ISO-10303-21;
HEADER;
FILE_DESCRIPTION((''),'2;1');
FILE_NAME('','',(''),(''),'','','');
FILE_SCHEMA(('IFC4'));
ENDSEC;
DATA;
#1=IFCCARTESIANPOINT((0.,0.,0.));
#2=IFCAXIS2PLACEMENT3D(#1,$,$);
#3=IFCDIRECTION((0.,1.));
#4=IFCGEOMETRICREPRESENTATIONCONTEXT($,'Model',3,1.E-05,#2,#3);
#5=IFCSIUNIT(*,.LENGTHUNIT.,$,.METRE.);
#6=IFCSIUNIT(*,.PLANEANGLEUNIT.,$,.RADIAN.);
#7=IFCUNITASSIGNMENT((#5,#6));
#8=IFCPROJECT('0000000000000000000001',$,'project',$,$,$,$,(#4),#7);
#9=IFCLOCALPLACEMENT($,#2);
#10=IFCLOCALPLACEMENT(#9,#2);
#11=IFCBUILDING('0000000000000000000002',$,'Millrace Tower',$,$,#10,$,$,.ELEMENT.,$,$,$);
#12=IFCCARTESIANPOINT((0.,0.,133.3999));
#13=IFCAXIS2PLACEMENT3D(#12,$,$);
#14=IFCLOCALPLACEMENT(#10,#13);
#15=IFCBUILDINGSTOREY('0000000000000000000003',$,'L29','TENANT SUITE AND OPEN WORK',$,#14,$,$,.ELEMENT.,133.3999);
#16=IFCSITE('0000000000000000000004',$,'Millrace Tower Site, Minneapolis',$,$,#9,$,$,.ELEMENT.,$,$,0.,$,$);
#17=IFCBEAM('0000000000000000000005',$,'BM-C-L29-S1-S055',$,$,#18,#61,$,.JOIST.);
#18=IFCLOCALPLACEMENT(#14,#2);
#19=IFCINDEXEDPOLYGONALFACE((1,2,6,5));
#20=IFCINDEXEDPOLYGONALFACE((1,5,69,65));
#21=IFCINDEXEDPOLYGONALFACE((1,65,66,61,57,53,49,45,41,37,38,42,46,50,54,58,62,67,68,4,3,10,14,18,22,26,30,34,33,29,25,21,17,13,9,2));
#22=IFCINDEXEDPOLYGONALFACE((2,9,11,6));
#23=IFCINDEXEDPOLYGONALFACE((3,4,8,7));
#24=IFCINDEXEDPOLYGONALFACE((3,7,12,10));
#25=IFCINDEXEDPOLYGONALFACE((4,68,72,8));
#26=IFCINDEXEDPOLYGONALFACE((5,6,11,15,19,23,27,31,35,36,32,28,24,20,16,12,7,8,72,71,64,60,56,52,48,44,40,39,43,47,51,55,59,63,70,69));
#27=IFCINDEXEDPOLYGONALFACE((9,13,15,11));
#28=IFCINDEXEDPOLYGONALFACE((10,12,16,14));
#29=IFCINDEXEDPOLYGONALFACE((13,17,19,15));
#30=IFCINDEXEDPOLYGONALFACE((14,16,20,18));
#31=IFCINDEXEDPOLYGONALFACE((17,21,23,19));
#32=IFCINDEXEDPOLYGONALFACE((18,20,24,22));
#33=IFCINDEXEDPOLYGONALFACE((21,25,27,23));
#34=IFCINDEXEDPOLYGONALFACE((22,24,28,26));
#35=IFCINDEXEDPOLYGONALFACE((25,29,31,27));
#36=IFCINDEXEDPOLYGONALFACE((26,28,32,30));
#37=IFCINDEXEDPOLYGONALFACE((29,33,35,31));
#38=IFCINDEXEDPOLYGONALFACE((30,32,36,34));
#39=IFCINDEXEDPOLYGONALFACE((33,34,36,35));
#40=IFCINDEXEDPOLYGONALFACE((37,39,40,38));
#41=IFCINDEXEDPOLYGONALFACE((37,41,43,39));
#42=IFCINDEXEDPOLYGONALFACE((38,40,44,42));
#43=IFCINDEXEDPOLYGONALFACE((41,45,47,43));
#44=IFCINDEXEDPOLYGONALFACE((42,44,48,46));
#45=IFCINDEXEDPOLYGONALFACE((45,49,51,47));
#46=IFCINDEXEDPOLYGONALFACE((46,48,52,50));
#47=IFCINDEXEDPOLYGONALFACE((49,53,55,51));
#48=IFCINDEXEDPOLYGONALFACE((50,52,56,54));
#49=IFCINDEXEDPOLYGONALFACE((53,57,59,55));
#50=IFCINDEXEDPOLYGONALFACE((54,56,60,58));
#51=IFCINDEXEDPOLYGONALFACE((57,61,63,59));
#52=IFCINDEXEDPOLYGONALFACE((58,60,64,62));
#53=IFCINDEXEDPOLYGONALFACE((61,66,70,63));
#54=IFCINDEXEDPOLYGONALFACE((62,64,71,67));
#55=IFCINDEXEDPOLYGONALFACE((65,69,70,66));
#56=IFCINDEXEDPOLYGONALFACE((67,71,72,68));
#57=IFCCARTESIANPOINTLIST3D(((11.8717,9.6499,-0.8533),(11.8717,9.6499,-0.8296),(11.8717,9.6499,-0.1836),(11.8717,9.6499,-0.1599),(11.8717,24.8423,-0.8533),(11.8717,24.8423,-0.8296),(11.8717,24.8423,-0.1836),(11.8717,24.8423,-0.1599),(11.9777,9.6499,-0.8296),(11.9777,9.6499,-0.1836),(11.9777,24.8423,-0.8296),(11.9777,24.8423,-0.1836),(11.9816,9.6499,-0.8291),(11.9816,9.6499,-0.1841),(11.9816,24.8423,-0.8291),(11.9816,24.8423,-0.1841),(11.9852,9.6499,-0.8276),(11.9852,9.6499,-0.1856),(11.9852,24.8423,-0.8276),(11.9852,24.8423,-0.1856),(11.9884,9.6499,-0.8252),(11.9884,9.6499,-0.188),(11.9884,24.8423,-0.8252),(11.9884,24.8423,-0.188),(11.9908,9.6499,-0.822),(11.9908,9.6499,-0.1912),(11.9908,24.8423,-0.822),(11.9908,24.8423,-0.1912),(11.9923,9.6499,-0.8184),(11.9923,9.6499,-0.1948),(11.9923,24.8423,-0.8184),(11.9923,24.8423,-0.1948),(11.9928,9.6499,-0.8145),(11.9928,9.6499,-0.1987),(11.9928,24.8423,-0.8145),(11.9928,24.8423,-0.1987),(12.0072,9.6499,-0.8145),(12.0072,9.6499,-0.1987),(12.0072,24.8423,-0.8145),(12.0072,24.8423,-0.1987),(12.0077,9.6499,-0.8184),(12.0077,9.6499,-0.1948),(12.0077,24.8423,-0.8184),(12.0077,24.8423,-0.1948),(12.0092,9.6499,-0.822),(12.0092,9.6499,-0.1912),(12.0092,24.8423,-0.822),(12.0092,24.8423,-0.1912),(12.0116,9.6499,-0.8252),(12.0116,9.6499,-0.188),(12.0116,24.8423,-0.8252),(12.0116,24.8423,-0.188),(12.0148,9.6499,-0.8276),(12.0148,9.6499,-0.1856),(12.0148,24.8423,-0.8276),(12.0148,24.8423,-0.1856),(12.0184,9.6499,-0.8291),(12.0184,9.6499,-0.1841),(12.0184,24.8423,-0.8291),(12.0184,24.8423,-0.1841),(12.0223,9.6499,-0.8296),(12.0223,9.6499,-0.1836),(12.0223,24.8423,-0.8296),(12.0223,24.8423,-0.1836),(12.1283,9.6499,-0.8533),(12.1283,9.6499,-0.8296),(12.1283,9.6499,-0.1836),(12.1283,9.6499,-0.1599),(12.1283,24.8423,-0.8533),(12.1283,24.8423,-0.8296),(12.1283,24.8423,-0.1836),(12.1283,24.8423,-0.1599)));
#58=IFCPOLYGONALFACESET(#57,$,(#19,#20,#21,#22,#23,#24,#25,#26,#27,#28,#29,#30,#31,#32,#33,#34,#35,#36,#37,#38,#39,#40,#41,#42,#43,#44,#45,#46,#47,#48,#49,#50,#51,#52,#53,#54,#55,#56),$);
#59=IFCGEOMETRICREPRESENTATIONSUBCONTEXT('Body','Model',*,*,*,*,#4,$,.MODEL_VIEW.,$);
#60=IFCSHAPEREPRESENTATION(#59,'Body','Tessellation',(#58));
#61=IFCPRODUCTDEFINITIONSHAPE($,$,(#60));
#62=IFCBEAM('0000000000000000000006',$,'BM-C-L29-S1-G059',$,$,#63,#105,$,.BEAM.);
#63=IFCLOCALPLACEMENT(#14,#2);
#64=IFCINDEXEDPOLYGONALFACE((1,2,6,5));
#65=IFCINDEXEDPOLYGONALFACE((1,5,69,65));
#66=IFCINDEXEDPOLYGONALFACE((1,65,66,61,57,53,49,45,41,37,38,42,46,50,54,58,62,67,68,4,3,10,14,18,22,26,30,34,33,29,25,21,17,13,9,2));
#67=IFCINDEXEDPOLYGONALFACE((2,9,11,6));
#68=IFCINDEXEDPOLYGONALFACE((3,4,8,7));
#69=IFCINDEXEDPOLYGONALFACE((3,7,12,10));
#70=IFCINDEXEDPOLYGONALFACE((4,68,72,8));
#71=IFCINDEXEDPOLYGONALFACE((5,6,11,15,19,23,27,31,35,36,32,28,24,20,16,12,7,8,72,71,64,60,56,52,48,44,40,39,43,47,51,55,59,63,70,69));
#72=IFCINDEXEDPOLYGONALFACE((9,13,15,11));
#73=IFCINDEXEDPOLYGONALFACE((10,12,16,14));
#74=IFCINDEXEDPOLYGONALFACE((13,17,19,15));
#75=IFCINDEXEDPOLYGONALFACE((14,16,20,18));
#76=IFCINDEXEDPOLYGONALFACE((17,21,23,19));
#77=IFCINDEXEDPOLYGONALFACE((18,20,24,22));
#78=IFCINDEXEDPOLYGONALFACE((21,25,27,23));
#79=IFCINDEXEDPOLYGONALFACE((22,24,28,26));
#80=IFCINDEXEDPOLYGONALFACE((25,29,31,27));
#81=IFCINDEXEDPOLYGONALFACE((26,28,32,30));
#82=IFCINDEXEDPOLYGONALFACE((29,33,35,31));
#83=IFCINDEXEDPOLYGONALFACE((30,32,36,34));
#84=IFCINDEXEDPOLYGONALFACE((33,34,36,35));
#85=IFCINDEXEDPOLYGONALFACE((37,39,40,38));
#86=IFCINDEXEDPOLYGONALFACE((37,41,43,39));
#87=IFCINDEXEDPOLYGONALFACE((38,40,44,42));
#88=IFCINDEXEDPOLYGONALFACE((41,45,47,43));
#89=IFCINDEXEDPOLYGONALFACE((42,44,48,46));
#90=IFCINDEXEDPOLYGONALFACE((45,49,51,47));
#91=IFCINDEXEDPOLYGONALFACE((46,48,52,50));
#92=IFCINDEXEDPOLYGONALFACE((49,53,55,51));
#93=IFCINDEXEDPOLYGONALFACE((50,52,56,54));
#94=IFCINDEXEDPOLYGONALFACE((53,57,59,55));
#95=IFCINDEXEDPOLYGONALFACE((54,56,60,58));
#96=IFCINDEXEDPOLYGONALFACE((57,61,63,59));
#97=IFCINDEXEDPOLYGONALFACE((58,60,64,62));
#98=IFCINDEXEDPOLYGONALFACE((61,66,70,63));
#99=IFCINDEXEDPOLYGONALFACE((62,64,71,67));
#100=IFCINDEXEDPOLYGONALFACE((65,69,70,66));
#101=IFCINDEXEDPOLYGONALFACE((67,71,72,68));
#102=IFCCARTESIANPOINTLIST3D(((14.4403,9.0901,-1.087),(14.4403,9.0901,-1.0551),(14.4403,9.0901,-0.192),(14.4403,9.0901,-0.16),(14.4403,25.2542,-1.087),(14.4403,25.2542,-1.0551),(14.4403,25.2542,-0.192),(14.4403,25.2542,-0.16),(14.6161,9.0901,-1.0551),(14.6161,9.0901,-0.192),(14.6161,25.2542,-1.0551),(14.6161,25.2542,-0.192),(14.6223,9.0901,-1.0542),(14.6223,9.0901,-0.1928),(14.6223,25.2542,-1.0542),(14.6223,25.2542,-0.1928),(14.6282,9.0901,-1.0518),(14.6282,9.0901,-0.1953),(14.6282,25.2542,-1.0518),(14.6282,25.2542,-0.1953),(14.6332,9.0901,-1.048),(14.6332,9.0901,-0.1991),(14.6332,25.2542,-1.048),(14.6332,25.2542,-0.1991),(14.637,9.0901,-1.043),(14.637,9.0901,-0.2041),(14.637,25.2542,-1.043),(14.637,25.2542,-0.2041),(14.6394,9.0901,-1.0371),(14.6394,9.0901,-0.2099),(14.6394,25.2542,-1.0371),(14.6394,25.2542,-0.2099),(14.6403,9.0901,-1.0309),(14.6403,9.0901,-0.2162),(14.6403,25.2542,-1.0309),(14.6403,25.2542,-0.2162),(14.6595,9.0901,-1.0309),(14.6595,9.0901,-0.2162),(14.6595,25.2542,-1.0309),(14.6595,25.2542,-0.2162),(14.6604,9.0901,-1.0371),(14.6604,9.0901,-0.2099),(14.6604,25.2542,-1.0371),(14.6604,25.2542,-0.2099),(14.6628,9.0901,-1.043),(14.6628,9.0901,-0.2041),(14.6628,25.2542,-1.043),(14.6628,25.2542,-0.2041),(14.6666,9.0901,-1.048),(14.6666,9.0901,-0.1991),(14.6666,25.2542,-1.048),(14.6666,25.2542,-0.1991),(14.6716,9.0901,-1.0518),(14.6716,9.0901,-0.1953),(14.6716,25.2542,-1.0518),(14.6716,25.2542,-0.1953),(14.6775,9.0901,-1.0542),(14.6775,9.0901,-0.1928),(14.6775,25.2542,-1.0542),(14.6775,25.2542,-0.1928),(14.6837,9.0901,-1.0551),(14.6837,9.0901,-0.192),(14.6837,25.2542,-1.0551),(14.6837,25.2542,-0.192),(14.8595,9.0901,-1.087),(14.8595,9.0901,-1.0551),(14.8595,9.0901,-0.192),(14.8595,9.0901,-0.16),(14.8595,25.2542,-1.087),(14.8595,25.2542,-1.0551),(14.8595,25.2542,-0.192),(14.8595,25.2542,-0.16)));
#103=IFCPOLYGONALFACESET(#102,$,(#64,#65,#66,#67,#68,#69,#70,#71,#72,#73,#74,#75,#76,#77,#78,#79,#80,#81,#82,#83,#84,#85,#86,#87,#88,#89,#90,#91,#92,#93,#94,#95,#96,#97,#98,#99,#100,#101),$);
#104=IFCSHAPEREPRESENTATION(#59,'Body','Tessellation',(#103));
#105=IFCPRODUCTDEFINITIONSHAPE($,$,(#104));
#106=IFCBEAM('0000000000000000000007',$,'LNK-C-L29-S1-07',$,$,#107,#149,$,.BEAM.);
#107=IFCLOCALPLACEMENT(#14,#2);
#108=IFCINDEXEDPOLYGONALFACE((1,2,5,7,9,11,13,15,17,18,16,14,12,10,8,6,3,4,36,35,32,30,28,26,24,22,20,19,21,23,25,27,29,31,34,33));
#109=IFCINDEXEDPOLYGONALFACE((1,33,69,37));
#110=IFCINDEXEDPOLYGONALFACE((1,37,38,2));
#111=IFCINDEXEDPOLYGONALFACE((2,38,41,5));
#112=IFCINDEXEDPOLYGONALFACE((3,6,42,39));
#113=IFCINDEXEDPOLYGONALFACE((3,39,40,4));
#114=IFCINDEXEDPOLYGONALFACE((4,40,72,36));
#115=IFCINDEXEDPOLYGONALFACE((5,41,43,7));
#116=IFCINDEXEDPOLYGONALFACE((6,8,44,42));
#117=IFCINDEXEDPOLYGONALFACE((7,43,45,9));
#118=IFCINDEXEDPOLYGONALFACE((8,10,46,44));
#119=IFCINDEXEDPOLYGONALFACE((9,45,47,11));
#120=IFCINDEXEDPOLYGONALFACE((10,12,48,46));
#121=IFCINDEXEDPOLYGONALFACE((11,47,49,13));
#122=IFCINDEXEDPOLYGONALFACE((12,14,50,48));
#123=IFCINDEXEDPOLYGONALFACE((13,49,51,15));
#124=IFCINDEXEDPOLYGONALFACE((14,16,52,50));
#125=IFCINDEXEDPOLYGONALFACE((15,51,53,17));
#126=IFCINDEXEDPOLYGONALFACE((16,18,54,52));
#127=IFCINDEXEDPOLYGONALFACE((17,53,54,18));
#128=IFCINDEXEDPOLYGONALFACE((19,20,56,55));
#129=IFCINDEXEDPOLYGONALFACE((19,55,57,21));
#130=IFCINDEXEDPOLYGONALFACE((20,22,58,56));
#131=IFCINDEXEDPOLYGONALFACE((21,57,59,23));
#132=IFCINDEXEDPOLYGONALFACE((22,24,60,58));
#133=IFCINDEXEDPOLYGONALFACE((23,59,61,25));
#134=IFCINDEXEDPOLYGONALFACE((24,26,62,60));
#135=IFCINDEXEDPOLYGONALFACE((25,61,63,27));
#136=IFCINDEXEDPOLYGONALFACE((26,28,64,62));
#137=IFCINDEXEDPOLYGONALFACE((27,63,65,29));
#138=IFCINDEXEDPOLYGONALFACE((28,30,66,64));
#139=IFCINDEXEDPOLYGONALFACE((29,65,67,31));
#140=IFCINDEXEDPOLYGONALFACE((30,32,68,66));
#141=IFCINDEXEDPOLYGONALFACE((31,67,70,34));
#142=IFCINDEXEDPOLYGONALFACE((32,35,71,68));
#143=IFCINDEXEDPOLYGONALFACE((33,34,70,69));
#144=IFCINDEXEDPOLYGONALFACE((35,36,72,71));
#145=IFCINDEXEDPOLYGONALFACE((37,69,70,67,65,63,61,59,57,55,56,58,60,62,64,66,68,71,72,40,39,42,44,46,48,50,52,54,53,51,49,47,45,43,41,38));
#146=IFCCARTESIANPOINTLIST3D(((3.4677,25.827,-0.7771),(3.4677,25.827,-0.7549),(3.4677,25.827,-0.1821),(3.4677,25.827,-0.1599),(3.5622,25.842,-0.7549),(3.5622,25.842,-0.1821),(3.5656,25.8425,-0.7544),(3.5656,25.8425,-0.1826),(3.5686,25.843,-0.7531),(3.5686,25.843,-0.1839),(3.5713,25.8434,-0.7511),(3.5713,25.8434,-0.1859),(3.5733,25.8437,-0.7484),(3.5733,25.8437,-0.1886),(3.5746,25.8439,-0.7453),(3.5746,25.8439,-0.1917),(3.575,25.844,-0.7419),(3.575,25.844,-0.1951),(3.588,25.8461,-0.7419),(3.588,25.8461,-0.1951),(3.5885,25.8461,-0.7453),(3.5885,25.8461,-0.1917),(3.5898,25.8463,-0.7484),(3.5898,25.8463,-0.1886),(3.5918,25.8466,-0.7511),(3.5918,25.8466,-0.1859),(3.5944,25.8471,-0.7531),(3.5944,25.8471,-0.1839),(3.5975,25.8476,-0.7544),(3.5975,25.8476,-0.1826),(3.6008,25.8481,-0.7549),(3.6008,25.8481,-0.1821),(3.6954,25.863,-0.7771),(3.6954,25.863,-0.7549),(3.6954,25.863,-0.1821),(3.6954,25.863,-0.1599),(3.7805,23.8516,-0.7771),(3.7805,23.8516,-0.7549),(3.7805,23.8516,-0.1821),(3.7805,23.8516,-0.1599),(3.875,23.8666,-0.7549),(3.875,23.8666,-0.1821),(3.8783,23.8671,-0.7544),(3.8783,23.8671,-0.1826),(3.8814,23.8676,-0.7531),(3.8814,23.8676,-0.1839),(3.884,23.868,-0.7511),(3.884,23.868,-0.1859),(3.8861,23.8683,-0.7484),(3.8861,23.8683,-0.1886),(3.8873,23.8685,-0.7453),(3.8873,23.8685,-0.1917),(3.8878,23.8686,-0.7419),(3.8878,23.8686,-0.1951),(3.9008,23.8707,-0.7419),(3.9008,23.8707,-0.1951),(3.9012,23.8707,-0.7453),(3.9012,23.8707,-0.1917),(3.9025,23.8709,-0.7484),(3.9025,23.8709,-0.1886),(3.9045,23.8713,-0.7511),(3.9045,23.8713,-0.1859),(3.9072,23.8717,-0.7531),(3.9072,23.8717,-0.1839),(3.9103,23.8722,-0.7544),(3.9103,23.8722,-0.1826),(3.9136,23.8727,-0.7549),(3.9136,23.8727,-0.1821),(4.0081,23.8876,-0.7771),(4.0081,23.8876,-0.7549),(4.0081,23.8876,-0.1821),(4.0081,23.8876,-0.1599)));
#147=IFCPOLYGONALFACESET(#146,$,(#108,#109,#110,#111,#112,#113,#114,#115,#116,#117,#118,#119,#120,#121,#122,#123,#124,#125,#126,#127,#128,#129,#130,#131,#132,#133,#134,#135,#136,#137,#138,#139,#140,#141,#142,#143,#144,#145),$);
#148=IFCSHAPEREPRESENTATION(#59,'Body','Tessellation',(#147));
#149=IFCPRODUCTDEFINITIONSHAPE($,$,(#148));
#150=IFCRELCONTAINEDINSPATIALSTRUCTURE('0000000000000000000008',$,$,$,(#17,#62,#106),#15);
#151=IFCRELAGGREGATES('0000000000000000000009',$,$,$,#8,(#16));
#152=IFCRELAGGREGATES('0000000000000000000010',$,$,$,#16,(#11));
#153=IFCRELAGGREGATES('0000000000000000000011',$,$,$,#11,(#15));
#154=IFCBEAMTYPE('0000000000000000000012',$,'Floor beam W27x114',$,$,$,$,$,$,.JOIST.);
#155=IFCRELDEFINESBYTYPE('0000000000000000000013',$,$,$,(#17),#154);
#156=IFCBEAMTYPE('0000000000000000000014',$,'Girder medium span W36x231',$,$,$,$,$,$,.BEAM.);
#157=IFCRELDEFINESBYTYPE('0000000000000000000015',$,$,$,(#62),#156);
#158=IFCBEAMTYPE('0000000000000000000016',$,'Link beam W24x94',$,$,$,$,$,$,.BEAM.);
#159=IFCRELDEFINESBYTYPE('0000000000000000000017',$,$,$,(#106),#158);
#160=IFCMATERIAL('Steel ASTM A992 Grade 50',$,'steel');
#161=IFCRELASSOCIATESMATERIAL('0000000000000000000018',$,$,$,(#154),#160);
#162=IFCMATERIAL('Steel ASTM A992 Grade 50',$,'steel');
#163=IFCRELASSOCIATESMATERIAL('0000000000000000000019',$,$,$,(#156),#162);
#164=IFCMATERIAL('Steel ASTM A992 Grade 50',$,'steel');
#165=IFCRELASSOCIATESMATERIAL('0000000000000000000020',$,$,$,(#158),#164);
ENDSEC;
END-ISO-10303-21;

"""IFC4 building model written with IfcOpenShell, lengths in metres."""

from ifc_helpers import new_model, si_unit, direction, frame, origin, origin_2d, place, context, subcontext, project, spatial, i_section, extrude, material, material_profile, profile_set, type_object, element, save


model = new_model("IFC4")

# Units and contexts
model_context = context("Model", 3, precision=1e-05, world=origin(), true_north=direction((0.0, 1.0)))
body_context = subcontext(model_context, "Body", "Model", "MODEL_VIEW")
ifc_project = project(units=[si_unit("LENGTHUNIT", "METRE"), si_unit("PLANEANGLEUNIT", "RADIAN")], contexts=[model_context])

# Site, building, storey
site_placement = place(None, origin())
site = spatial("IfcSite", under=ifc_project, at=site_placement, Name="Millrace Tower Site, Minneapolis", CompositionType="ELEMENT", RefElevation=0.0)
building_placement = place(site_placement, origin())
building = spatial("IfcBuilding", under=site, at=building_placement, Name="Millrace Tower", CompositionType="ELEMENT")
storey_placement = place(building_placement, frame((0.0, 0.0, 133.3999)))
storey = spatial("IfcBuildingStorey", under=building, at=storey_placement, Name="L29", Description="TENANT SUITE AND OPEN WORK", CompositionType="ELEMENT", Elevation=133.3999)

# Beams
ifc_material_1 = material(Name="Steel ASTM A992 Grade 50", Category="steel")
ifc_material_profile_1 = material_profile(ifc_material_1, i_section(OverallWidth=0.2566, OverallDepth=0.6934, WebThickness=0.0144, FlangeThickness=0.0237, FilletRadius=0.0151, at=origin_2d()))
ifc_profile_set_1 = profile_set([ifc_material_profile_1], Name="Steel ASTM A992 Grade 50")
beam_type_1 = type_object("IfcBeamType", Name="Floor beam W27x114", PredefinedType="JOIST", material=ifc_profile_set_1)
beam_1_placement = place(storey_placement, frame((12.0, 9.6499, -0.5066), z_axis=(0.0, 1.0, 0.0), x_axis=(-1.0, 0.0, 0.0)))
element("IfcBeam", 1, at=beam_1_placement, inside=storey, type_object=beam_type_1, Name="BM-C-L29-S1-S055", PredefinedType="JOIST", context=body_context, shape_type="SweptSolid", body=[
    extrude(i_section(OverallWidth=0.2566, OverallDepth=0.6934, WebThickness=0.0144, FlangeThickness=0.0237, FilletRadius=0.0151, at=origin_2d()), origin(), (0.0, 0.0, 1.0), 15.1924),
])
ifc_material_2 = material(Name="Steel ASTM A992 Grade 50", Category="steel")
ifc_material_profile_2 = material_profile(ifc_material_2, i_section(OverallWidth=0.4192, OverallDepth=0.927, WebThickness=0.0193, FlangeThickness=0.032, FilletRadius=0.0242, at=origin_2d()))
ifc_profile_set_2 = profile_set([ifc_material_profile_2], Name="Steel ASTM A992 Grade 50")
beam_type_2 = type_object("IfcBeamType", Name="Girder medium span W36x231", PredefinedType="BEAM", material=ifc_profile_set_2)
beam_2_placement = place(storey_placement, frame((14.6499, 9.0901, -0.6235), z_axis=(0.0, 1.0, 0.0), x_axis=(-1.0, 0.0, 0.0)))
element("IfcBeam", 2, at=beam_2_placement, inside=storey, type_object=beam_type_2, Name="BM-C-L29-S1-G059", PredefinedType="BEAM", context=body_context, shape_type="SweptSolid", body=[
    extrude(i_section(OverallWidth=0.4192, OverallDepth=0.927, WebThickness=0.0193, FlangeThickness=0.032, FilletRadius=0.0242, at=origin_2d()), origin(), (0.0, 0.0, 1.0), 16.1641),
])
ifc_material_3 = material(Name="Steel ASTM A992 Grade 50", Category="steel")
ifc_material_profile_3 = material_profile(ifc_material_3, i_section(OverallWidth=0.2305, OverallDepth=0.6172, WebThickness=0.0132, FlangeThickness=0.0222, FilletRadius=0.0129, at=origin_2d()))
ifc_profile_set_3 = profile_set([ifc_material_profile_3], Name="Steel ASTM A992 Grade 50")
beam_type_3 = type_object("IfcBeamType", Name="Link beam W24x94", PredefinedType="BEAM", material=ifc_profile_set_3)
beam_3_placement = place(storey_placement, frame((3.8943, 23.8696, -0.4685), z_axis=(-0.156376, 0.987698, 0.0), x_axis=(-0.987698, -0.156376, 0.0)))
element("IfcBeam", 3, at=beam_3_placement, inside=storey, type_object=beam_type_3, Name="LNK-C-L29-S1-07", PredefinedType="BEAM", context=body_context, shape_type="SweptSolid", body=[
    extrude(i_section(OverallWidth=0.2305, OverallDepth=0.6172, WebThickness=0.0132, FlangeThickness=0.0222, FilletRadius=0.0129, at=origin_2d()), origin(), (0.0, 0.0, 1.0), 2.0),
])

save(model, "model.ifc")
